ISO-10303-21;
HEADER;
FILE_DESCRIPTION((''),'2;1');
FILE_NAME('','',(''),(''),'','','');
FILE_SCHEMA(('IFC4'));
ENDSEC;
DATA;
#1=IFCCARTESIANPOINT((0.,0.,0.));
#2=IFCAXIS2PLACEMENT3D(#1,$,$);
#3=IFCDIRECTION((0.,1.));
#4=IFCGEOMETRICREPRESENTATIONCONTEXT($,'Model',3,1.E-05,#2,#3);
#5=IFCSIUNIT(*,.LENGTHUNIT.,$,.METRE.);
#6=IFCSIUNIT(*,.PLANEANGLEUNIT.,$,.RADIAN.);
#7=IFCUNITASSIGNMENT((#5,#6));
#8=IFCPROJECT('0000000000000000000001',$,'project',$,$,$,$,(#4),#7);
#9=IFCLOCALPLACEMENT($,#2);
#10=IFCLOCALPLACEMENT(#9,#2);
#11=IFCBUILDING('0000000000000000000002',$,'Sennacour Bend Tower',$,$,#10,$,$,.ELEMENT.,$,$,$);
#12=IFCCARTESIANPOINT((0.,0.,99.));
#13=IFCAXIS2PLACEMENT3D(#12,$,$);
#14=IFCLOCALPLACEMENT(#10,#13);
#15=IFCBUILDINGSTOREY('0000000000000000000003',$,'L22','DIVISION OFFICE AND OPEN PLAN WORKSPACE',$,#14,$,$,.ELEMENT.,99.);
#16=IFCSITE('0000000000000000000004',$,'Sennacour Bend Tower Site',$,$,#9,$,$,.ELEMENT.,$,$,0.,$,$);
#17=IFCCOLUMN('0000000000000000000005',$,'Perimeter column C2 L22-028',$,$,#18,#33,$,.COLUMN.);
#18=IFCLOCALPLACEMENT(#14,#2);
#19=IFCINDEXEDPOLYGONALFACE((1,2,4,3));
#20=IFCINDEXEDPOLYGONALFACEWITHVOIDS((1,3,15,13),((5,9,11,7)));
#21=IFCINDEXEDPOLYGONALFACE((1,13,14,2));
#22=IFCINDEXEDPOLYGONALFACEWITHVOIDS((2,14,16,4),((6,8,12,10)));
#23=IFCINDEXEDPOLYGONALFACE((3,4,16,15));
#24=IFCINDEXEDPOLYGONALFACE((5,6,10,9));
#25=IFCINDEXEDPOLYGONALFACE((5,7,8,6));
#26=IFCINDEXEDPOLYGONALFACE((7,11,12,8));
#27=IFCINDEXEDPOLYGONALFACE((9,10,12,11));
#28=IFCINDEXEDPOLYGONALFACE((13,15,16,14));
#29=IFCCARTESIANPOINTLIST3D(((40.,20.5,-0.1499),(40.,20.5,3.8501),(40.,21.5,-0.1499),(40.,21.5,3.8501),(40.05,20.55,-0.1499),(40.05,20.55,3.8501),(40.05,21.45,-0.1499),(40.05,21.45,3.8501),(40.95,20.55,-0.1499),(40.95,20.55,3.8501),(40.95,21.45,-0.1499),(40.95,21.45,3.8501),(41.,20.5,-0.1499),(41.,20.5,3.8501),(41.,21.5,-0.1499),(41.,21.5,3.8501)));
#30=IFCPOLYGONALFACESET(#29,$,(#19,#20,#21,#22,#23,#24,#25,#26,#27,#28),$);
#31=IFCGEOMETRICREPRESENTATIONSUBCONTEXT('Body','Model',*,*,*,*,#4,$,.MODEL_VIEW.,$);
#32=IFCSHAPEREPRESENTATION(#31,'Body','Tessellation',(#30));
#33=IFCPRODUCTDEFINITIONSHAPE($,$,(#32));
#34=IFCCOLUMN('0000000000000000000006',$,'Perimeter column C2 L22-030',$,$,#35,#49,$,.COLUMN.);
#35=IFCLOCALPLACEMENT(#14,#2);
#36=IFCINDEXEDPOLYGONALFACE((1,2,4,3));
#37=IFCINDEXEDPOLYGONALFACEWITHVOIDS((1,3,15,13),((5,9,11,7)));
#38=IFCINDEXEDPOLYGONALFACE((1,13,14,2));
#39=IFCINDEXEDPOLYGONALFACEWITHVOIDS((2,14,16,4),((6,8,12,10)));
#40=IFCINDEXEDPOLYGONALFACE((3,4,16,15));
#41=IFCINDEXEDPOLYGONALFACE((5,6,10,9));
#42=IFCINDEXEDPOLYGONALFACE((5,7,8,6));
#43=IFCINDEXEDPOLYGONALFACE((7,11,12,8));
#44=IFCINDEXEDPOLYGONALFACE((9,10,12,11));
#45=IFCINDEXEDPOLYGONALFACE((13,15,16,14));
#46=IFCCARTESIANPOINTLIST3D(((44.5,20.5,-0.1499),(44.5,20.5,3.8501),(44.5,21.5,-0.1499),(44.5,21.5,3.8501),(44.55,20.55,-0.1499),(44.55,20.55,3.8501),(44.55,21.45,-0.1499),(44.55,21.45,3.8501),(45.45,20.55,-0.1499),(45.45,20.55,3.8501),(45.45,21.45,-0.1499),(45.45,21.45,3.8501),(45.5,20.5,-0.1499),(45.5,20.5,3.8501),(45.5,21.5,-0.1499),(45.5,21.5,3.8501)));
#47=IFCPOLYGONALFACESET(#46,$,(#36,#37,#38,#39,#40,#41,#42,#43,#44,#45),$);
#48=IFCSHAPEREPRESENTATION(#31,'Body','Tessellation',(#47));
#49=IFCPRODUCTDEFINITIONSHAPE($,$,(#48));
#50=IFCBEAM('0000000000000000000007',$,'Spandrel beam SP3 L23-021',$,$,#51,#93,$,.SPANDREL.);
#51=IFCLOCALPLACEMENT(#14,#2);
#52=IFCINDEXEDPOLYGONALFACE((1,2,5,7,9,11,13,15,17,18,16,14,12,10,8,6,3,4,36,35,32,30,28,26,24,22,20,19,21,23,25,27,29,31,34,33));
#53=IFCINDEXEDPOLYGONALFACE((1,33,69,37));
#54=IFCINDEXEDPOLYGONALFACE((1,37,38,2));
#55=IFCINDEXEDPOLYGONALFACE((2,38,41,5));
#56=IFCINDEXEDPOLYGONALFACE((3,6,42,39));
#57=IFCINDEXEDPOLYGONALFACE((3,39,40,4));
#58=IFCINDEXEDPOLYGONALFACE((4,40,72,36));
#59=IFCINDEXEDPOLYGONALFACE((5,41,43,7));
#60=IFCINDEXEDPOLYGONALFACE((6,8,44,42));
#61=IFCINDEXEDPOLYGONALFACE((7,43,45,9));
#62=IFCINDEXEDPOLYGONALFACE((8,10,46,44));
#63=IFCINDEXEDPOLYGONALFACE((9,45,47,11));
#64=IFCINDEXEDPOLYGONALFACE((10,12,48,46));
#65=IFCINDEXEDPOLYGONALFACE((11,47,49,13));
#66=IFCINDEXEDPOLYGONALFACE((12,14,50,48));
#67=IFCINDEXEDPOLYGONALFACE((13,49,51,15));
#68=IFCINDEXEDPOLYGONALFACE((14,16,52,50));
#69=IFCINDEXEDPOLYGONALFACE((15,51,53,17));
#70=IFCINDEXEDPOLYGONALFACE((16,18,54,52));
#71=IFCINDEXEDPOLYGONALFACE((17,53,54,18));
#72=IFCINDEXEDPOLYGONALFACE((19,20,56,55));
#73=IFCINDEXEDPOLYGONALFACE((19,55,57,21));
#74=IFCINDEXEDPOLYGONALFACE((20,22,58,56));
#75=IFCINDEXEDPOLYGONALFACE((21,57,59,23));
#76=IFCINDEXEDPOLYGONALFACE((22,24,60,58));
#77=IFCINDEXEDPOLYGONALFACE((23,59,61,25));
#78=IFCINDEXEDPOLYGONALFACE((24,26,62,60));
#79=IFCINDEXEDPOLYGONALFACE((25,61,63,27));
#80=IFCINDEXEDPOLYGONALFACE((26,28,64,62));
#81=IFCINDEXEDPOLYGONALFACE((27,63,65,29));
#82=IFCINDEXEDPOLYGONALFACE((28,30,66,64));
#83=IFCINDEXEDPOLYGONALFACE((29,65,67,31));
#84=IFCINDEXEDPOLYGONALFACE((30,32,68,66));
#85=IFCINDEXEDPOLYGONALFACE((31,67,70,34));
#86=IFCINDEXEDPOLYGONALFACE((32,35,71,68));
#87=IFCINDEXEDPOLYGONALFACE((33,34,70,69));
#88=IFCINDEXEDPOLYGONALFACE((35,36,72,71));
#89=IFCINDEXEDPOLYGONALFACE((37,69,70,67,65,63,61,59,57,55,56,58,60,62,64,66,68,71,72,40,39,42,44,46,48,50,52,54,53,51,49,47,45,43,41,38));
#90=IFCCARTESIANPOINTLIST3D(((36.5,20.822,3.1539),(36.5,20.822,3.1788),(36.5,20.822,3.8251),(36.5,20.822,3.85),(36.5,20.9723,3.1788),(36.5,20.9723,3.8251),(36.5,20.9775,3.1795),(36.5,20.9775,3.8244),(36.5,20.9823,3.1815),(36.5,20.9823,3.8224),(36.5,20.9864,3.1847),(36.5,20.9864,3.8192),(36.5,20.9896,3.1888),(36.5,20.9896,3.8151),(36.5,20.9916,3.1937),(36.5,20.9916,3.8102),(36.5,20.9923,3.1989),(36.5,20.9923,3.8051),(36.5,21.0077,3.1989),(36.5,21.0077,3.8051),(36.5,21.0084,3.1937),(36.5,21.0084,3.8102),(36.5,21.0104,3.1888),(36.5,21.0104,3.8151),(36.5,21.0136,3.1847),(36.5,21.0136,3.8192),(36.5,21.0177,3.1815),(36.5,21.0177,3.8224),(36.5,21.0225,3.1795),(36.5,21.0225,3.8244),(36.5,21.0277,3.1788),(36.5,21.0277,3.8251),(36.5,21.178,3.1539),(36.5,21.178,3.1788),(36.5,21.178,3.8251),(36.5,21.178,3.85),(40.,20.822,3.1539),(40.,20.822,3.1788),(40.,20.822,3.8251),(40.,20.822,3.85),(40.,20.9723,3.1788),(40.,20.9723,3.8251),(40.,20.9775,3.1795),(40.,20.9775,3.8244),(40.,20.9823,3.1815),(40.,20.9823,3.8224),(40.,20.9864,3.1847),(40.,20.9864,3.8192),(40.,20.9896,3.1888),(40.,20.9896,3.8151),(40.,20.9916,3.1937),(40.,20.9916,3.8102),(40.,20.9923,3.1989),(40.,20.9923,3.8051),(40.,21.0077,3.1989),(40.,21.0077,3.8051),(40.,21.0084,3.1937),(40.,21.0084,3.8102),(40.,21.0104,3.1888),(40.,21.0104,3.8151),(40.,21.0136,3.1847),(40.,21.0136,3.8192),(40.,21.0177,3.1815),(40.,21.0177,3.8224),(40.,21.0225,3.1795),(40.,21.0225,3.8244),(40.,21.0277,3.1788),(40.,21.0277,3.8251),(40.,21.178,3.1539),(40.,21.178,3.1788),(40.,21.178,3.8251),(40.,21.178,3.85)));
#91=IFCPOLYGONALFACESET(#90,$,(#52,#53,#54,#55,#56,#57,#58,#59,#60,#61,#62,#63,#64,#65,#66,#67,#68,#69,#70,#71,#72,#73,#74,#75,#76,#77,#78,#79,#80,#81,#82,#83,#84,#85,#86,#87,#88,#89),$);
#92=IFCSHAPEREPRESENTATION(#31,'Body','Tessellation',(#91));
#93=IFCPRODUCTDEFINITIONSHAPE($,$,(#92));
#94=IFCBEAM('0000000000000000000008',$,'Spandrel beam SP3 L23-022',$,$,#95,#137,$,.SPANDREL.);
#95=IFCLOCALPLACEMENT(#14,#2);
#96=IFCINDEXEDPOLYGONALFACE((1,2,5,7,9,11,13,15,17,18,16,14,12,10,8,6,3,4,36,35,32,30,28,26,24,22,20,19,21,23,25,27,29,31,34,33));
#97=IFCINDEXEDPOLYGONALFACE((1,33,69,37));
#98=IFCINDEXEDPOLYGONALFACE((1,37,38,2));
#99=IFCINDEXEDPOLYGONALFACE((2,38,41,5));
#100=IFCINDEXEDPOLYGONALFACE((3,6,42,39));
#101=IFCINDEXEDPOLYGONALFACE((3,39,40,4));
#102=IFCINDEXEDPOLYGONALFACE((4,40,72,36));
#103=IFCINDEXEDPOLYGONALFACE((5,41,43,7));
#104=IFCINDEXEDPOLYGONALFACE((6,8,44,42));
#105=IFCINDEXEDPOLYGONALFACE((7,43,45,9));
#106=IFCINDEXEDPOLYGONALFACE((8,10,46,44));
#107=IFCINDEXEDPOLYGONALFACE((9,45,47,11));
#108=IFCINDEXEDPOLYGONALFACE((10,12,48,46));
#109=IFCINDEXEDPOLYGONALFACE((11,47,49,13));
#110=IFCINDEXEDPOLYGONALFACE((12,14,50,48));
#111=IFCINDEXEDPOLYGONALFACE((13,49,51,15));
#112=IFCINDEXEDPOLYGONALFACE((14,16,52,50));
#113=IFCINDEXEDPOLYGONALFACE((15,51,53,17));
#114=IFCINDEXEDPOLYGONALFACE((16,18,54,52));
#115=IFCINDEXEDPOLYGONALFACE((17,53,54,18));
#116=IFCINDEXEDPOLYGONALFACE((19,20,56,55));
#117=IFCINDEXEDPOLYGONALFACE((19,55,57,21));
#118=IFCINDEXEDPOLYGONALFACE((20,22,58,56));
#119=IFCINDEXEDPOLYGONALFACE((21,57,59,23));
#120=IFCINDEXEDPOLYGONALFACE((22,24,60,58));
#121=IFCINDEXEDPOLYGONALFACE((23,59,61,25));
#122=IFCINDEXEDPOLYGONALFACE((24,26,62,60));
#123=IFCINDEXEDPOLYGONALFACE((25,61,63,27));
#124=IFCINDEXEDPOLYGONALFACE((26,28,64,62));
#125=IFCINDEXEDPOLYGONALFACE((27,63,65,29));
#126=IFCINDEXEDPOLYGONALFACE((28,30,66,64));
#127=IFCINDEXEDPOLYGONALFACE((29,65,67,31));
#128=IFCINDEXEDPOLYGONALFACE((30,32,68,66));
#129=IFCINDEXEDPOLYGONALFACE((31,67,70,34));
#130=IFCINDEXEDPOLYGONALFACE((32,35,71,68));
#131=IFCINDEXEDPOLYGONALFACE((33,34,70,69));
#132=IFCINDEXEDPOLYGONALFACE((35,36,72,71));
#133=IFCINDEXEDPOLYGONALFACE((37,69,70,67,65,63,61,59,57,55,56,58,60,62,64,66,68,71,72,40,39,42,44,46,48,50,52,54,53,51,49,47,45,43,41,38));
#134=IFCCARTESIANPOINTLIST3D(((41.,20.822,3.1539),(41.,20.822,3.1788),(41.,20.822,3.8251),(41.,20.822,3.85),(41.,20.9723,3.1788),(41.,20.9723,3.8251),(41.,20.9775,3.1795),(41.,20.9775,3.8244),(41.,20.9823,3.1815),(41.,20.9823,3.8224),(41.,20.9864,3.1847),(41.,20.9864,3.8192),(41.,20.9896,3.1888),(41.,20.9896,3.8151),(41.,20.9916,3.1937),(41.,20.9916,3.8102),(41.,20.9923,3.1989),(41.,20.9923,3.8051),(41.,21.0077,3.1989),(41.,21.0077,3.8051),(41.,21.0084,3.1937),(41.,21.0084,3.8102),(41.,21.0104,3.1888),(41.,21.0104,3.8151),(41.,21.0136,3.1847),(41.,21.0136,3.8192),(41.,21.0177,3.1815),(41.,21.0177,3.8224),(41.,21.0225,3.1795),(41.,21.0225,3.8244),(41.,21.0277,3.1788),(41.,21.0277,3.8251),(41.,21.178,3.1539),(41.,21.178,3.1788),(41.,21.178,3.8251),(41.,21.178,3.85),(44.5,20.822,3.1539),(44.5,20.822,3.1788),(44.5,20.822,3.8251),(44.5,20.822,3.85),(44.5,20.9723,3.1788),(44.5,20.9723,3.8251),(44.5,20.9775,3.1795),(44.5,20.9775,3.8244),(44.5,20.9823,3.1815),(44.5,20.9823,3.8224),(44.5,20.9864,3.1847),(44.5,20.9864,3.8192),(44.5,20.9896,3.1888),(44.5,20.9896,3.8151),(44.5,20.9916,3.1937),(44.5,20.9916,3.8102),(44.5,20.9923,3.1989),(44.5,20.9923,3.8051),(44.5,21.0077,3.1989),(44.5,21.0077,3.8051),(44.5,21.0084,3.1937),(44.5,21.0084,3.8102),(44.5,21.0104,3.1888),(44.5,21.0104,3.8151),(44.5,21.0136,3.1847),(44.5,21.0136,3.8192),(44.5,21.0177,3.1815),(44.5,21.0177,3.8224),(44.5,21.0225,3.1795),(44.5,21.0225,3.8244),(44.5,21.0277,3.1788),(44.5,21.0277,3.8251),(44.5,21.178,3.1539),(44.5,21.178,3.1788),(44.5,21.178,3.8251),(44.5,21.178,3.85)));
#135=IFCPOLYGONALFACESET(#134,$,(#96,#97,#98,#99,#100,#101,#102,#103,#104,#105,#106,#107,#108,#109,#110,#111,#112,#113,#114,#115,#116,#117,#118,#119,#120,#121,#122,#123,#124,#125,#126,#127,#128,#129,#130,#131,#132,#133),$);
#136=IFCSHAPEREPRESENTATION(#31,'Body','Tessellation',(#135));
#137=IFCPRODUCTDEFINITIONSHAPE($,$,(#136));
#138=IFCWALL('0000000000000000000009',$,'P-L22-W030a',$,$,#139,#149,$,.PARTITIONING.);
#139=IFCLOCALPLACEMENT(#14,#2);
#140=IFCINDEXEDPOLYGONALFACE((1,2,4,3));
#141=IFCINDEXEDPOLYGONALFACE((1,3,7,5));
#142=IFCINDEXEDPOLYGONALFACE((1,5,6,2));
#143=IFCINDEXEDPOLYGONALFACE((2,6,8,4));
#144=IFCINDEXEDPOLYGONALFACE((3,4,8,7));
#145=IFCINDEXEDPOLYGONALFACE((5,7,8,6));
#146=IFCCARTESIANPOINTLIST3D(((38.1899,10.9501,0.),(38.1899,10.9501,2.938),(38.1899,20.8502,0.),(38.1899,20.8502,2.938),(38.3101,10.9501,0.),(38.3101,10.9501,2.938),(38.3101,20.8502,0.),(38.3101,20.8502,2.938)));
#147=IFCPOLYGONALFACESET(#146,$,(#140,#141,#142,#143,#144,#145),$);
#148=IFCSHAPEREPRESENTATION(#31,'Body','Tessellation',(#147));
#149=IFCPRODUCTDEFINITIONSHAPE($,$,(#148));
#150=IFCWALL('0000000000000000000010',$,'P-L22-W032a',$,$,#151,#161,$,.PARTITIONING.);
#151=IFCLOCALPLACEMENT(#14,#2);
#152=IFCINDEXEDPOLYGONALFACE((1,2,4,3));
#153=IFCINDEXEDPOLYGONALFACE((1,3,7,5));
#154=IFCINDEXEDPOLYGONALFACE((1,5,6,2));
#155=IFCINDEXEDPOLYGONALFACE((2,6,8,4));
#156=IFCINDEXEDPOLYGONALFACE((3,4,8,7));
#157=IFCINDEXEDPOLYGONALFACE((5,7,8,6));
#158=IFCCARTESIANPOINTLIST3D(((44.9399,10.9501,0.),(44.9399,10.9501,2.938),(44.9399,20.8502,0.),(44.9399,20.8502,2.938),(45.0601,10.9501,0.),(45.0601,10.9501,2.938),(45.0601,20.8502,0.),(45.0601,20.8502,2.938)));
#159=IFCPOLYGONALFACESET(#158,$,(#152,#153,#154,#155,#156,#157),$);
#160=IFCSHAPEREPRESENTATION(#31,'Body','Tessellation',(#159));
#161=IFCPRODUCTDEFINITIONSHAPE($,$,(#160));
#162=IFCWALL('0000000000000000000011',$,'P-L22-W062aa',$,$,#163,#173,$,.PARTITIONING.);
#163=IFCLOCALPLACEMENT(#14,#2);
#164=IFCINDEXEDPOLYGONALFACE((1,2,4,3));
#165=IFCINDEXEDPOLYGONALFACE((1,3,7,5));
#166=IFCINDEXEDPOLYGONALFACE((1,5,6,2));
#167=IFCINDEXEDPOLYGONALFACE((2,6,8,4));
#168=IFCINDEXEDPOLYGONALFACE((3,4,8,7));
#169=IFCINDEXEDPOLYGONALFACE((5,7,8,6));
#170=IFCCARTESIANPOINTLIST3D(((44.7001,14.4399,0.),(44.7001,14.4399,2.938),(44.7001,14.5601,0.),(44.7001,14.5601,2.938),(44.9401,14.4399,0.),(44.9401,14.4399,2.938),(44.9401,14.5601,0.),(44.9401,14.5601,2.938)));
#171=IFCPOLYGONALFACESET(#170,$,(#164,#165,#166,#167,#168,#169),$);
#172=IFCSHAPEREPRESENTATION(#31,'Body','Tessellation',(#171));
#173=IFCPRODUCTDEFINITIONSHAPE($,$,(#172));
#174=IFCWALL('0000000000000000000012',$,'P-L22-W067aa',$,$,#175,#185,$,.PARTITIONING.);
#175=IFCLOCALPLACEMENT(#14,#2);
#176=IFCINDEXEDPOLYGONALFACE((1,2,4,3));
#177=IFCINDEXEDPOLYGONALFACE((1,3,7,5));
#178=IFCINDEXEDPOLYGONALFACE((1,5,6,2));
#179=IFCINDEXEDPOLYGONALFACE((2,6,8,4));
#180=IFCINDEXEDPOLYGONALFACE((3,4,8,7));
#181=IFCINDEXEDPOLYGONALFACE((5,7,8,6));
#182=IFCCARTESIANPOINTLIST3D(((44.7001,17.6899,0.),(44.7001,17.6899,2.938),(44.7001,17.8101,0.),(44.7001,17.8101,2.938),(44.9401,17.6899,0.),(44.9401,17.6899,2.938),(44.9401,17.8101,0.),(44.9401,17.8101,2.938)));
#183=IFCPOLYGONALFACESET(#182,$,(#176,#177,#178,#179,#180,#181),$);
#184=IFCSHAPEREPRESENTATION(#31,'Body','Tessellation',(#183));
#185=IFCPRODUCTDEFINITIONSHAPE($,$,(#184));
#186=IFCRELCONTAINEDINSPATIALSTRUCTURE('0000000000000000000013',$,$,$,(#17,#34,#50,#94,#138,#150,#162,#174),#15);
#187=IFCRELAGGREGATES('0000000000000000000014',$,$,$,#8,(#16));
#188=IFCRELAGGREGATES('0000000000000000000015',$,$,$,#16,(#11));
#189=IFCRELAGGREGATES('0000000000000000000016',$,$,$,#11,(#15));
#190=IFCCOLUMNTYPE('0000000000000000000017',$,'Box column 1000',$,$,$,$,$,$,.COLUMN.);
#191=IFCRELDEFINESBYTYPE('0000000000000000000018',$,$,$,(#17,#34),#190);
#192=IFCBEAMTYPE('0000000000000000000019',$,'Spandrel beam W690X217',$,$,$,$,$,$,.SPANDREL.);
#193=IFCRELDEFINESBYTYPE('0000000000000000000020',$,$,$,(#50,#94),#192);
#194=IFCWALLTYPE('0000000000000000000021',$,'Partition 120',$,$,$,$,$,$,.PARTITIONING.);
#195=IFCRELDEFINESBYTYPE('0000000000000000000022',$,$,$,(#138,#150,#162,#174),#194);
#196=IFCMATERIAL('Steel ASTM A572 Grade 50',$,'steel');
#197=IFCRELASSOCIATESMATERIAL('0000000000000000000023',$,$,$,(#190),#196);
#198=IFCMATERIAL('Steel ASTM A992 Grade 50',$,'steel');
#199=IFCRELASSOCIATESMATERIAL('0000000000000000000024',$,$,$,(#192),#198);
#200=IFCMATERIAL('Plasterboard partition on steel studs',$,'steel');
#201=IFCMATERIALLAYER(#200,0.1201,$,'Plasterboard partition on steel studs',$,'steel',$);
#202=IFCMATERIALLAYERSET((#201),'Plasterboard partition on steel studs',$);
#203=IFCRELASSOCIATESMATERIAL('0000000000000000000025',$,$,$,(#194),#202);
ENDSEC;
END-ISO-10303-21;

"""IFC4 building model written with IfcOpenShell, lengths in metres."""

from ifc_helpers import new_model, si_unit, direction, frame, frame_2d, origin, origin_2d, place, context, subcontext, project, spatial, rectangle, hollow_rectangle, i_section, extrude, material, layer, layer_set, material_profile, profile_set, type_object, element, save


model = new_model("IFC4")

# Units and contexts
model_context = context("Model", 3, precision=1e-05, world=origin(), true_north=direction((0.0, 1.0)))
body_context = subcontext(model_context, "Body", "Model", "MODEL_VIEW")
ifc_project = project(units=[si_unit("LENGTHUNIT", "METRE"), si_unit("PLANEANGLEUNIT", "RADIAN")], contexts=[model_context])

# Site, building, storey
site_placement = place(None, origin())
site = spatial("IfcSite", under=ifc_project, at=site_placement, Name="Sennacour Bend Tower Site", CompositionType="ELEMENT", RefElevation=0.0)
building_placement = place(site_placement, origin())
building = spatial("IfcBuilding", under=site, at=building_placement, Name="Sennacour Bend Tower", CompositionType="ELEMENT")
storey_placement = place(building_placement, frame((0.0, 0.0, 99.0)))
storey = spatial("IfcBuildingStorey", under=building, at=storey_placement, Name="L22", Description="DIVISION OFFICE AND OPEN PLAN WORKSPACE", CompositionType="ELEMENT", Elevation=99.0)

# Columns
ifc_material_1 = material(Name="Steel ASTM A572 Grade 50", Category="steel")
ifc_material_profile_1 = material_profile(ifc_material_1, hollow_rectangle(XDim=1.0, YDim=1.0, WallThickness=0.05, at=origin_2d()), Name="Steel ASTM A572 Grade 50", Category="steel")
ifc_profile_set_1 = profile_set([ifc_material_profile_1], Name="Steel ASTM A572 Grade 50")
column_type = type_object("IfcColumnType", Name="Box column 1000", PredefinedType="COLUMN", material=ifc_profile_set_1)
for number, where, z_axis, x_axis, name in (
    (1, (40.5, 21.0, -0.1499), (0.0, 0.0, 1.0), (1.0, 0.0, 0.0), "Perimeter column C2 L22-028"),
    (2, (45.0, 21.0, -0.1499), (0.0, 0.0, 1.0), (1.0, 0.0, 0.0), "Perimeter column C2 L22-030"),
):
    element("IfcColumn", number, at=place(storey_placement, frame(where, z_axis=z_axis, x_axis=x_axis)), inside=storey, type_object=column_type, Name=name, PredefinedType="COLUMN", context=body_context, shape_type="SweptSolid", body=[
        extrude(hollow_rectangle(XDim=1.0, YDim=1.0, WallThickness=0.05, at=origin_2d()), origin(), (0.0, 0.0, 1.0), 4.0),
    ])

# Beams
ifc_material_2 = material(Name="Steel ASTM A992 Grade 50", Category="steel")
ifc_material_profile_2 = material_profile(ifc_material_2, i_section(OverallWidth=0.356, OverallDepth=0.696, WebThickness=0.0154, FlangeThickness=0.0249, FilletRadius=0.02, at=origin_2d()), Name="Steel ASTM A992 Grade 50", Category="steel")
ifc_profile_set_2 = profile_set([ifc_material_profile_2], Name="Steel ASTM A992 Grade 50")
beam_type = type_object("IfcBeamType", Name="Spandrel beam W690X217", PredefinedType="SPANDREL", material=ifc_profile_set_2)
for number, where, z_axis, x_axis, name in (
    (3, (36.5, 21.0, 3.502), (1.0, 0.0, 0.0), (0.0, 1.0, 0.0), "Spandrel beam SP3 L23-021"),
    (4, (41.0, 21.0, 3.502), (1.0, 0.0, 0.0), (0.0, 1.0, 0.0), "Spandrel beam SP3 L23-022"),
):
    element("IfcBeam", number, at=place(storey_placement, frame(where, z_axis=z_axis, x_axis=x_axis)), inside=storey, type_object=beam_type, Name=name, PredefinedType="SPANDREL", context=body_context, shape_type="SweptSolid", body=[
        extrude(i_section(OverallWidth=0.356, OverallDepth=0.696, WebThickness=0.0154, FlangeThickness=0.0249, FilletRadius=0.02, at=origin_2d()), origin(), (0.0, 0.0, 1.0), 3.5),
    ])

# Walls
ifc_material_3 = material(Name="Plasterboard partition on steel studs", Category="steel")
ifc_layer_1 = layer(ifc_material_3, 0.1201, Name="Plasterboard partition on steel studs", Category="steel")
ifc_layer_set_1 = layer_set([ifc_layer_1], Name="Plasterboard partition on steel studs")
wall_type_1 = type_object("IfcWallType", Name="Partition 120", PredefinedType="PARTITIONING", material=ifc_layer_set_1)
for number, where, z_axis, x_axis, name in (
    (5, (38.25, 10.95, 0.0), (0.0, 0.0, 1.0), (0.0, 1.0, 0.0), "P-L22-W030a"),
    (6, (45.0, 10.95, 0.0), (0.0, 0.0, 1.0), (0.0, 1.0, 0.0), "P-L22-W032a"),
):
    element("IfcWall", number, at=place(storey_placement, frame(where, z_axis=z_axis, x_axis=x_axis)), inside=storey, type_object=wall_type_1, Name=name, PredefinedType="PARTITIONING", context=body_context, shape_type="SweptSolid", body=[
        extrude(rectangle(XDim=9.9001, YDim=0.1201, at=frame_2d((4.9502, 0.0))), origin(), (0.0, 0.0, 1.0), 2.938),
    ])
for number, where, z_axis, x_axis, name in (
    (7, (44.7, 14.5, 0.0), (0.0, 0.0, 1.0), (1.0, 0.0, 0.0), "P-L22-W062aa"),
    (8, (44.7, 17.75, 0.0), (0.0, 0.0, 1.0), (1.0, 0.0, 0.0), "P-L22-W067aa"),
):
    element("IfcWall", number, at=place(storey_placement, frame(where, z_axis=z_axis, x_axis=x_axis)), inside=storey, type_object=wall_type_1, Name=name, PredefinedType="PARTITIONING", context=body_context, shape_type="SweptSolid", body=[
        extrude(rectangle(XDim=0.24, YDim=0.1201, at=frame_2d((0.1201, 0.0))), origin(), (0.0, 0.0, 1.0), 2.938),
    ])

save(model, "model.ifc")
